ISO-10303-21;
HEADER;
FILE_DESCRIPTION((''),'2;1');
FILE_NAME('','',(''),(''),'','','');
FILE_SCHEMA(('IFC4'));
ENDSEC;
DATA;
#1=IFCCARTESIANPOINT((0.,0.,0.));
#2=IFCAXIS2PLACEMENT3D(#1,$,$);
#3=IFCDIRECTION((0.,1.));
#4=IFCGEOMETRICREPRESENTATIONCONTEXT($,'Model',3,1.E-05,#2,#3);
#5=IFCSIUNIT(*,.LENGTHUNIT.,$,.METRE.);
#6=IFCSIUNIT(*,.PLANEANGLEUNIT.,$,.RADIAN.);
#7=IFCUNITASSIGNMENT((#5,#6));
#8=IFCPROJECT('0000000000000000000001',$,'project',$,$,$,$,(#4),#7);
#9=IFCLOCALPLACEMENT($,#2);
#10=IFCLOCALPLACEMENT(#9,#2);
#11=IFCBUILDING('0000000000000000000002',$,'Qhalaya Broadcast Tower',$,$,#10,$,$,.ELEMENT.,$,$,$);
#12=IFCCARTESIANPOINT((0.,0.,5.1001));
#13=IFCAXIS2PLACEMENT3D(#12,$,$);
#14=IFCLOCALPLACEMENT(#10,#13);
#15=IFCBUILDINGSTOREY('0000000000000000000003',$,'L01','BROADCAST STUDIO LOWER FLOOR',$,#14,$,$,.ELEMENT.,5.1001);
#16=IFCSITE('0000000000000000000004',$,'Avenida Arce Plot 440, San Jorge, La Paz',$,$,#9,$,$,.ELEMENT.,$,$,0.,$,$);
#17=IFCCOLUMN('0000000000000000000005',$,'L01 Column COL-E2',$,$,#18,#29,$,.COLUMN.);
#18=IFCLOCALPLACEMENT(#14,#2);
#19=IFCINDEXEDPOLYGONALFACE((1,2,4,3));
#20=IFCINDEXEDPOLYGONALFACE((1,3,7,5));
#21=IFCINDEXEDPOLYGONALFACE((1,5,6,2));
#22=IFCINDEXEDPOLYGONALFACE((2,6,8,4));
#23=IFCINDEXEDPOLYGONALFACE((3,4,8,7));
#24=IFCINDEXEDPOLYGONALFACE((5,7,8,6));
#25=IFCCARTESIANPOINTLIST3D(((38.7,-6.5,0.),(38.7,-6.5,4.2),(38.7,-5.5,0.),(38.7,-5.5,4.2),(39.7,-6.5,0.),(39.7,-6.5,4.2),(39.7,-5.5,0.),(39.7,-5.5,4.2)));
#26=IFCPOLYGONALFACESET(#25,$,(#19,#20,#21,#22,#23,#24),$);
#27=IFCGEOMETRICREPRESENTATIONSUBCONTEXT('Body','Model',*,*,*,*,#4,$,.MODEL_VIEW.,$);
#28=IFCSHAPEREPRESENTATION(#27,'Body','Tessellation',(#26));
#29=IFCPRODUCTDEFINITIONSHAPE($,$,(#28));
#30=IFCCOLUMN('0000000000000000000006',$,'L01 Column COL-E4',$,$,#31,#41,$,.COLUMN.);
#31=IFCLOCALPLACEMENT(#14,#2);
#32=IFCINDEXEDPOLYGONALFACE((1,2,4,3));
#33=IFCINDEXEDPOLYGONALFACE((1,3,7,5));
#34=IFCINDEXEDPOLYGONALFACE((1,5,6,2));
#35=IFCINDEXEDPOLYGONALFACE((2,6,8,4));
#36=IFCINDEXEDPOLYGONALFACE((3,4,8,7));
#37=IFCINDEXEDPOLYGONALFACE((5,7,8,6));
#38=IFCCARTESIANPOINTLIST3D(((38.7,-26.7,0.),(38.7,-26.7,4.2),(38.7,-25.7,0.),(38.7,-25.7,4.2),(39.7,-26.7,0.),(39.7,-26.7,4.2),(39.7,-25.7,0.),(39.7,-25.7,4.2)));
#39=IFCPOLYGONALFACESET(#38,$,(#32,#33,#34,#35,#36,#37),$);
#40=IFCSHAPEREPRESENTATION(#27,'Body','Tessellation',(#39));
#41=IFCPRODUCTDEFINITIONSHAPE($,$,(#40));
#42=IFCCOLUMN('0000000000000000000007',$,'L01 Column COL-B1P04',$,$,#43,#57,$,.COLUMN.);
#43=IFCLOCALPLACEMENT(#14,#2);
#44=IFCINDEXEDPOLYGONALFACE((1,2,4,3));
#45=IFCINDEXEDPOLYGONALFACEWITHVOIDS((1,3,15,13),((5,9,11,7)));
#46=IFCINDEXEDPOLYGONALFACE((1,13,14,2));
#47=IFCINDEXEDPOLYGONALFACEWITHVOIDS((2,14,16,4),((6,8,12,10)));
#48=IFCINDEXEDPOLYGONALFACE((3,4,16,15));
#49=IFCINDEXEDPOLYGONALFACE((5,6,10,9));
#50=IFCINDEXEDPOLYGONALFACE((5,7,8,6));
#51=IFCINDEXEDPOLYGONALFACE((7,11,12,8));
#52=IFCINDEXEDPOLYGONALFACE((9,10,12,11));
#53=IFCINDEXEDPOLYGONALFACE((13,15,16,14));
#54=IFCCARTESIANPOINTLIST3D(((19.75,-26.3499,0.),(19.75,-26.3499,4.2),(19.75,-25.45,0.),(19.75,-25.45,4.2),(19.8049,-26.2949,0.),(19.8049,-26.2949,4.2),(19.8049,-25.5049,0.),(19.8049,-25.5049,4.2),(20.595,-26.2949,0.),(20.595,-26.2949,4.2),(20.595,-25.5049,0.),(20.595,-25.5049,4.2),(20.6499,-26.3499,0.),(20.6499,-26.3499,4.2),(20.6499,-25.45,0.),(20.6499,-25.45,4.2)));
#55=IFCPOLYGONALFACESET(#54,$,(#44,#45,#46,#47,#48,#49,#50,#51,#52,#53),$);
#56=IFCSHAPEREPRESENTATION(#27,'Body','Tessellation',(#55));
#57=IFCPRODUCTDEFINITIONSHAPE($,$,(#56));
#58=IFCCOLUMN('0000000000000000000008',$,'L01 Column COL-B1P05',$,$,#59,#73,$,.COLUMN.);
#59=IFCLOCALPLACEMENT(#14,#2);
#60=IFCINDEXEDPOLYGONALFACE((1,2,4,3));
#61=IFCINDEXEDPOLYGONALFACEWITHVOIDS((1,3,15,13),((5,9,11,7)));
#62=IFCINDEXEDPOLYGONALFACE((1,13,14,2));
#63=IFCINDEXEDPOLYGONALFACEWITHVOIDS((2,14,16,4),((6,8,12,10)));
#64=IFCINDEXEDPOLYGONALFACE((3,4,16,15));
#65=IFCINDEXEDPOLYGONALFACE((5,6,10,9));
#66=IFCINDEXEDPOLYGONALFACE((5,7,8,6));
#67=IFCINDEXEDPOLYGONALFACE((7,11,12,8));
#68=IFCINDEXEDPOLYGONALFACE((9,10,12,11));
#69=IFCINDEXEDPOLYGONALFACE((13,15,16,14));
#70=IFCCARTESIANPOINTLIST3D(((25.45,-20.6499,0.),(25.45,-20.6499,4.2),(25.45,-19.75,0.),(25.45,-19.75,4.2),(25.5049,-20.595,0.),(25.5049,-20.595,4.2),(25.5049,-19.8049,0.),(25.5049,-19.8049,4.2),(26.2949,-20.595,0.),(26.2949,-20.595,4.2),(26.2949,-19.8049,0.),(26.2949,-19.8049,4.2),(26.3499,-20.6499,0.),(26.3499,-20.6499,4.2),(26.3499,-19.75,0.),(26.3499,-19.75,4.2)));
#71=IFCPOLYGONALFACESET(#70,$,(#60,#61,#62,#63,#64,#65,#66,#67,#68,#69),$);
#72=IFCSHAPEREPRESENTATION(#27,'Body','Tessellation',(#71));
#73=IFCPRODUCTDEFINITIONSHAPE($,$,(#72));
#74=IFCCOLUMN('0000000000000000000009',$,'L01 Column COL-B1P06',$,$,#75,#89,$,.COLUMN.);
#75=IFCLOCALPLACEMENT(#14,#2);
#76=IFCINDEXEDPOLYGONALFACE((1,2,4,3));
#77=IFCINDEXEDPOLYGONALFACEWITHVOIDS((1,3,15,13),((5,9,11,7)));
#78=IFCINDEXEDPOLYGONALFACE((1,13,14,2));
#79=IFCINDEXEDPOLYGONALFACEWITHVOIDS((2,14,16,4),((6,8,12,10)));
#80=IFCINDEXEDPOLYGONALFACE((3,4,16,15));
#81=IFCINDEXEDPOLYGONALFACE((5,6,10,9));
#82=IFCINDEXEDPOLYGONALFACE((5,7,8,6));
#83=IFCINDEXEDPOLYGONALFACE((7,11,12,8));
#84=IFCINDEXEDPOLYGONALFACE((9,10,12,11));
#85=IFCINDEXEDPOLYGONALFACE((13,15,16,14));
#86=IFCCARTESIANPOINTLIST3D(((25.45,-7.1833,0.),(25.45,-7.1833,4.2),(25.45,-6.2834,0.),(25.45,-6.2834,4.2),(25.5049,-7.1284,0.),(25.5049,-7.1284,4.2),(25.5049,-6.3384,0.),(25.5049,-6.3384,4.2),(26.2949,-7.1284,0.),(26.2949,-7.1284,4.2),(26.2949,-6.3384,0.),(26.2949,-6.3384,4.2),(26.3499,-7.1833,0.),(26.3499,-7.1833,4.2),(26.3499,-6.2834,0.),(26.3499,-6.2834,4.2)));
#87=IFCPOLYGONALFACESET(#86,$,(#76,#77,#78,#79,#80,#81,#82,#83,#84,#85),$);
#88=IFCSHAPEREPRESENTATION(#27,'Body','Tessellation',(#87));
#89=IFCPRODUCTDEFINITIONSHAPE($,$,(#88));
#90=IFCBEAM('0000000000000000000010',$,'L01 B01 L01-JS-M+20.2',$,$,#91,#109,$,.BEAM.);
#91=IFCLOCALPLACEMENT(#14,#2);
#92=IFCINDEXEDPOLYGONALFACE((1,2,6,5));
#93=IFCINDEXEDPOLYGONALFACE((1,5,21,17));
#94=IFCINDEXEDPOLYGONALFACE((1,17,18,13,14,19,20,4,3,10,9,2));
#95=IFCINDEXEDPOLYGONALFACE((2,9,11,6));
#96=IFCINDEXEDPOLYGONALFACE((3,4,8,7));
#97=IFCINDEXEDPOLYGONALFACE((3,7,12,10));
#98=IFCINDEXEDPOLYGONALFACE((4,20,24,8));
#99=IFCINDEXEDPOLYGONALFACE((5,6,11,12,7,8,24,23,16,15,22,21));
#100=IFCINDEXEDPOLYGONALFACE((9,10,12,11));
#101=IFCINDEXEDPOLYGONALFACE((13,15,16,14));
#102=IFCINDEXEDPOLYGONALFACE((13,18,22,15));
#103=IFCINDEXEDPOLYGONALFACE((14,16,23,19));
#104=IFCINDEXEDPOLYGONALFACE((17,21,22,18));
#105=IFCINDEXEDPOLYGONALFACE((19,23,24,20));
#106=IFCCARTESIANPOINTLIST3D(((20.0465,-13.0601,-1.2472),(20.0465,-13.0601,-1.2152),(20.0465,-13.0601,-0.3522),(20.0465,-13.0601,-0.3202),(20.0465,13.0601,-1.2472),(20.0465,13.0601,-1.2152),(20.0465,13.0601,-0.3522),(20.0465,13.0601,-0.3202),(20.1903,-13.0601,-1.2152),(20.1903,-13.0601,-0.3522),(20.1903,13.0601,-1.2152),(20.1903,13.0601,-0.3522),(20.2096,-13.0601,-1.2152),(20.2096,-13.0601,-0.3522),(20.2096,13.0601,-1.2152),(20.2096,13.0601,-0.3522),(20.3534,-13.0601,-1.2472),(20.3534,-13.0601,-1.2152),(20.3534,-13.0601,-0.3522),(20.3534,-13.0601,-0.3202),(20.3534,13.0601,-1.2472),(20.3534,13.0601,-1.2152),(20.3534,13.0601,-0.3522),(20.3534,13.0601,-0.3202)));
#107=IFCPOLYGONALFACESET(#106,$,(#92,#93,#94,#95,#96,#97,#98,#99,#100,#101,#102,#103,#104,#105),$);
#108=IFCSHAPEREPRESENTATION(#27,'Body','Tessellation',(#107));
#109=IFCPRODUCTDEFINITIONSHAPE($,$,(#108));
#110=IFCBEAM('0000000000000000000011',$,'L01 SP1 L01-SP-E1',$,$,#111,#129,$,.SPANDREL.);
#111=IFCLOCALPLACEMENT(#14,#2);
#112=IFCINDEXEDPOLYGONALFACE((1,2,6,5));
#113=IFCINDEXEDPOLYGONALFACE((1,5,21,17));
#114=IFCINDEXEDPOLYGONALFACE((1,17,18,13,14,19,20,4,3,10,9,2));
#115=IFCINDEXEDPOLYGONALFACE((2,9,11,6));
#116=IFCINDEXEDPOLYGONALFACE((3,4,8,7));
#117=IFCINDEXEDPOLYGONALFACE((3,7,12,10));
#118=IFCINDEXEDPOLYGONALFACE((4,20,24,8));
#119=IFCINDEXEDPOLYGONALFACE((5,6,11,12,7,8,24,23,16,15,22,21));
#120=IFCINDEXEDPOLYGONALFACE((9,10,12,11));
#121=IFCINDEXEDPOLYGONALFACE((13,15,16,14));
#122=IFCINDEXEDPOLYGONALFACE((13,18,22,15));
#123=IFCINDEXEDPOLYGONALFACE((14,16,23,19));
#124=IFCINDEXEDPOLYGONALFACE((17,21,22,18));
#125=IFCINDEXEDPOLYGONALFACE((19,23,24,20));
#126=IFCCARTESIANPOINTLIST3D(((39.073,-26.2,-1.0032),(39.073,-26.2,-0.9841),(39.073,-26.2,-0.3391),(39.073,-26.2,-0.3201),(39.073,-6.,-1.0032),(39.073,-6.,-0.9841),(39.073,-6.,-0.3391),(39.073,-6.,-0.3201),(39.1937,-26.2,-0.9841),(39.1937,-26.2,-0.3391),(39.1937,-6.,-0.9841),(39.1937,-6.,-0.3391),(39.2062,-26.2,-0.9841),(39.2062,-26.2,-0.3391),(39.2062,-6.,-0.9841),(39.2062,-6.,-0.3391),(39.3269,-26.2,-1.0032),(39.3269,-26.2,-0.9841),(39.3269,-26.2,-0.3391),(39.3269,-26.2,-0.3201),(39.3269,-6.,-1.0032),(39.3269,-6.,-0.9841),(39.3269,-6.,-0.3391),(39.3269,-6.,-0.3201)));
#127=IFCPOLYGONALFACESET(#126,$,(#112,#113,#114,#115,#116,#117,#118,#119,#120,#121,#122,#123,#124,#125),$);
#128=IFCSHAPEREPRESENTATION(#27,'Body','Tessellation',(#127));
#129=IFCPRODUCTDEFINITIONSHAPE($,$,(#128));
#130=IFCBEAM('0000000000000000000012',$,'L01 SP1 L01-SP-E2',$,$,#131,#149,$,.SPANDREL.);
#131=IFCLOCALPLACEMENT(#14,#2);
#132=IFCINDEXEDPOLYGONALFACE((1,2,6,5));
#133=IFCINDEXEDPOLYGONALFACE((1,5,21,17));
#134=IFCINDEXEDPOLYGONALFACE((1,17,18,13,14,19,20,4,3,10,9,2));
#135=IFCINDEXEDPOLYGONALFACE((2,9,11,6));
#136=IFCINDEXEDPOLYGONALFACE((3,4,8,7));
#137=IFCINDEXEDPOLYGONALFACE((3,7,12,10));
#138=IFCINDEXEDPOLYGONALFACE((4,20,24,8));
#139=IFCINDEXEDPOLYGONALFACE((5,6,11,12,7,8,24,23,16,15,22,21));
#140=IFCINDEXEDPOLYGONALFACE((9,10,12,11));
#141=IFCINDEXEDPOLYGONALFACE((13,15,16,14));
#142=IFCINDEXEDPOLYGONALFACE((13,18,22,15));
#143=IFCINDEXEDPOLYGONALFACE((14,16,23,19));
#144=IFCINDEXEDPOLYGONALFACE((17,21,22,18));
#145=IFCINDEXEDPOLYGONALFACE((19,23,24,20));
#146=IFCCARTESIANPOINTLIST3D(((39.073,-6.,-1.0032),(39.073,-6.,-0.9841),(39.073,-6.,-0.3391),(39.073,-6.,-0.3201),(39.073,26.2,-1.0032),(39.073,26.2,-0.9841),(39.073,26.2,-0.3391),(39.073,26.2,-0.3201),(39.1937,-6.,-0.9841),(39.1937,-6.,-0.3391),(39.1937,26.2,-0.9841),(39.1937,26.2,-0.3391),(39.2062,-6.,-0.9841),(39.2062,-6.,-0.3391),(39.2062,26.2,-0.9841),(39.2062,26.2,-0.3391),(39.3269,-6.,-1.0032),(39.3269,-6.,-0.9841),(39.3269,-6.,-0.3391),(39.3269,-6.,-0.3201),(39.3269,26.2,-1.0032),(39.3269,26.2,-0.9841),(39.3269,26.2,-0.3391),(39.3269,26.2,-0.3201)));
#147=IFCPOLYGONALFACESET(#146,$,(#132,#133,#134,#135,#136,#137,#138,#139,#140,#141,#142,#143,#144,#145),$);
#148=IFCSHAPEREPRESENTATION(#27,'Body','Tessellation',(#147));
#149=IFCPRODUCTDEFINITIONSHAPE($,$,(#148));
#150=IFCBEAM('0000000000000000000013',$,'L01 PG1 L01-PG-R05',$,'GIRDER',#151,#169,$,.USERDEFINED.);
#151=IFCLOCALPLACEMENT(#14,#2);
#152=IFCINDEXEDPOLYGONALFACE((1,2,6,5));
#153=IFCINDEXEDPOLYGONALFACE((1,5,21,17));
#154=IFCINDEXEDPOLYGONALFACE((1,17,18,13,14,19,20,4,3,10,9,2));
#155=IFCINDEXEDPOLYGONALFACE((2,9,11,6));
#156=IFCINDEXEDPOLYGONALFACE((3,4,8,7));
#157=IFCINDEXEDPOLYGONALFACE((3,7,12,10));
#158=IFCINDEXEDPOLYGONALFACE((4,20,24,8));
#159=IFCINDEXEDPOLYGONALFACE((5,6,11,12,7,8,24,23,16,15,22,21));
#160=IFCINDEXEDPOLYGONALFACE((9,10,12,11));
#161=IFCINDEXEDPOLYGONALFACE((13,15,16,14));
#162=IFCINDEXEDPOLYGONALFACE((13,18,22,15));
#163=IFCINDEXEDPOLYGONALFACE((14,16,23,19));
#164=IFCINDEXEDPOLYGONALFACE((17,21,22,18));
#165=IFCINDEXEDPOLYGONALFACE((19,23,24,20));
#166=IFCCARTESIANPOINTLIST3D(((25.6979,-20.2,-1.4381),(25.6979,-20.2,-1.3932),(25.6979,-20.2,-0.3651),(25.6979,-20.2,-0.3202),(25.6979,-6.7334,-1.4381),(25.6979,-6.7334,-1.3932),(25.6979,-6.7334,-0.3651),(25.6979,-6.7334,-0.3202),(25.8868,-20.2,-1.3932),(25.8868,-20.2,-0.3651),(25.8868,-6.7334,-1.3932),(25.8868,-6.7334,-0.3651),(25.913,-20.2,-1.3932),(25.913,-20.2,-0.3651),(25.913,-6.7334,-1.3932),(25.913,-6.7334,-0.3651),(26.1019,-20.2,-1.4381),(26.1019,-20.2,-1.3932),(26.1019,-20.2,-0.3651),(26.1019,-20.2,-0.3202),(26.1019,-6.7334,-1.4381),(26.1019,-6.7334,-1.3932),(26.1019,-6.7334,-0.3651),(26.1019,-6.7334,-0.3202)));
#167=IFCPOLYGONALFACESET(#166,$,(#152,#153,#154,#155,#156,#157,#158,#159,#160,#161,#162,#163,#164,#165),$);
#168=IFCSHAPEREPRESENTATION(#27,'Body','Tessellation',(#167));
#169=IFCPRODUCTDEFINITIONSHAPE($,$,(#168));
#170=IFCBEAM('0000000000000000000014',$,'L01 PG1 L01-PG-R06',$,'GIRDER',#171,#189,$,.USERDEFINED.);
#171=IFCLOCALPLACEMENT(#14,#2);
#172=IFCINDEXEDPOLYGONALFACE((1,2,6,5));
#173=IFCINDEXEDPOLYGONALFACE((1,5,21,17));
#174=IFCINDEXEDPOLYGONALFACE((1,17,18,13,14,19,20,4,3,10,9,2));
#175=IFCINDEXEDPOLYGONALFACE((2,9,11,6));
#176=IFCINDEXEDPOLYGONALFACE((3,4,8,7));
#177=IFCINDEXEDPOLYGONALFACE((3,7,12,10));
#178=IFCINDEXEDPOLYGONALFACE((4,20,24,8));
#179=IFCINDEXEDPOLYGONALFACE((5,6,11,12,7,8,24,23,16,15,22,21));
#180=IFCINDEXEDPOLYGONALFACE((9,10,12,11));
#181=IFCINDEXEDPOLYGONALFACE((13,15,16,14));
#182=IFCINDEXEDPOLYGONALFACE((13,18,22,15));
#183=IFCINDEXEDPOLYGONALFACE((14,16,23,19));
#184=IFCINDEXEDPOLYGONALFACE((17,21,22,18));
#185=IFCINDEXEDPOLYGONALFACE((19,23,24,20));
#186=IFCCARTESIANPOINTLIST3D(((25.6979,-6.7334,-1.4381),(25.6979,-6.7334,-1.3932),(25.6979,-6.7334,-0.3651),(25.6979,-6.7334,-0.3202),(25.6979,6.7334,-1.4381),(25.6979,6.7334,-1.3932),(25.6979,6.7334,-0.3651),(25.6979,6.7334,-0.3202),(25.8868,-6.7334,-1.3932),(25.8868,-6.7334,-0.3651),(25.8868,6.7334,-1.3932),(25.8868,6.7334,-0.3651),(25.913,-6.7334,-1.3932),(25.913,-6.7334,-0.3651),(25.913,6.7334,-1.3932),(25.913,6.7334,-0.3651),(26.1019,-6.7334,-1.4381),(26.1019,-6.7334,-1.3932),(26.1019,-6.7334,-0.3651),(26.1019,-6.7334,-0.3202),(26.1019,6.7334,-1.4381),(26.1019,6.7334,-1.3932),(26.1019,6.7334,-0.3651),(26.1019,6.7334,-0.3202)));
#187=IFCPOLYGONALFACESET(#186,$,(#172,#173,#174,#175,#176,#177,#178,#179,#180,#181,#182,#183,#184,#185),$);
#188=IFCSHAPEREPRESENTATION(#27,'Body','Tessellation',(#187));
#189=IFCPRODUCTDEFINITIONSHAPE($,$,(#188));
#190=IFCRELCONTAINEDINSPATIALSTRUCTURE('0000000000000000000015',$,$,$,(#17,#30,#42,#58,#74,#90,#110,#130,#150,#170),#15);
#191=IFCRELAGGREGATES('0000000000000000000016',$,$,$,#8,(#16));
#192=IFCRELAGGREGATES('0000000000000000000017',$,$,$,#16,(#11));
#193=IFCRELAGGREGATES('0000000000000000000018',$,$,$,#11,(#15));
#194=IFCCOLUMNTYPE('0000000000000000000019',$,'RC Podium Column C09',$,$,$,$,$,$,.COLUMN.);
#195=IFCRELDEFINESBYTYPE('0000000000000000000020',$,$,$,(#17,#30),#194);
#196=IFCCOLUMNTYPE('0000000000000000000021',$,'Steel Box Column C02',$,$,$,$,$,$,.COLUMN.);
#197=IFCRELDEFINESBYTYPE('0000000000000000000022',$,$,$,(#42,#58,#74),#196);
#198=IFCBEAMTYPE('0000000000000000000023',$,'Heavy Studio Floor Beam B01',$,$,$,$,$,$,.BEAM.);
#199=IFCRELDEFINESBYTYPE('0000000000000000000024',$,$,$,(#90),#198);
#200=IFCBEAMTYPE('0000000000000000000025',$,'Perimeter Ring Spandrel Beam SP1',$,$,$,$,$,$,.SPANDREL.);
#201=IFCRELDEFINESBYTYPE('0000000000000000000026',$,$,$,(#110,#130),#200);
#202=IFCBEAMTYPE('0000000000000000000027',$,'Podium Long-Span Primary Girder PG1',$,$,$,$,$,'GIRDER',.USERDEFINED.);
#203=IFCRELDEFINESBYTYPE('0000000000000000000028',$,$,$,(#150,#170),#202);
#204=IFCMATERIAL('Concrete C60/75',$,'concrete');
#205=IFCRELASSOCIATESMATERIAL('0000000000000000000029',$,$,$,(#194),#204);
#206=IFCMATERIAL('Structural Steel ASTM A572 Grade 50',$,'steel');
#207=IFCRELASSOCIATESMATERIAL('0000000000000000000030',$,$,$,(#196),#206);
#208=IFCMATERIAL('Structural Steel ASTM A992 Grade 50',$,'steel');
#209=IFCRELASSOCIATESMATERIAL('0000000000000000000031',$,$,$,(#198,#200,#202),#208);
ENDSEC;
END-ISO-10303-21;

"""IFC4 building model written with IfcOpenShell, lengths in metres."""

from ifc_helpers import new_model, si_unit, direction, frame, origin, origin_2d, place, context, subcontext, project, spatial, rectangle, hollow_rectangle, i_section, extrude, material, material_profile, profile_set, type_object, element, save


model = new_model("IFC4")

# Units and contexts
model_context = context("Model", 3, precision=1e-05, world=origin(), true_north=direction((0.0, 1.0)))
body_context = subcontext(model_context, "Body", "Model", "MODEL_VIEW")
ifc_project = project(units=[si_unit("LENGTHUNIT", "METRE"), si_unit("PLANEANGLEUNIT", "RADIAN")], contexts=[model_context])

# Site, building, storey
site_placement = place(None, origin())
site = spatial("IfcSite", under=ifc_project, at=site_placement, Name="Avenida Arce Plot 440, San Jorge, La Paz", CompositionType="ELEMENT", RefElevation=0.0)
building_placement = place(site_placement, origin())
building = spatial("IfcBuilding", under=site, at=building_placement, Name="Qhalaya Broadcast Tower", CompositionType="ELEMENT")
storey_placement = place(building_placement, frame((0.0, 0.0, 5.1001)))
storey = spatial("IfcBuildingStorey", under=building, at=storey_placement, Name="L01", Description="BROADCAST STUDIO LOWER FLOOR", CompositionType="ELEMENT", Elevation=5.1001)

# Columns
ifc_material_1 = material(Name="Concrete C60/75", Category="concrete")
ifc_material_profile_1 = material_profile(ifc_material_1, rectangle(XDim=1.0, YDim=1.0, at=origin_2d()), Name="RC-COL 1000x1000")
ifc_profile_set_1 = profile_set([ifc_material_profile_1], Name="Concrete C60/75")
column_type_1 = type_object("IfcColumnType", Name="RC Podium Column C09", PredefinedType="COLUMN", material=ifc_profile_set_1)
for number, where, z_axis, x_axis, name in (
    (1, (39.2, -6.0, 0.0), (0.0, 0.0, 1.0), (1.0, 0.0, 0.0), "L01 Column COL-E2"),
    (2, (39.2, -26.2, 0.0), (0.0, 0.0, 1.0), (1.0, 0.0, 0.0), "L01 Column COL-E4"),
):
    element("IfcColumn", number, at=place(storey_placement, frame(where, z_axis=z_axis, x_axis=x_axis)), inside=storey, type_object=column_type_1, Name=name, PredefinedType="COLUMN", context=body_context, shape_type="SweptSolid", body=[
        extrude(rectangle(XDim=1.0, YDim=1.0, at=origin_2d()), origin(), (0.0, 0.0, 1.0), 4.2),
    ])
ifc_material_2 = material(Name="Structural Steel ASTM A572 Grade 50", Category="steel")
ifc_material_profile_2 = material_profile(ifc_material_2, hollow_rectangle(XDim=0.8999, YDim=0.8999, WallThickness=0.0549, at=origin_2d()), Name="BOX 900x900x55")
ifc_profile_set_2 = profile_set([ifc_material_profile_2], Name="Structural Steel ASTM A572 Grade 50")
column_type_2 = type_object("IfcColumnType", Name="Steel Box Column C02", PredefinedType="COLUMN", material=ifc_profile_set_2)
for number, where, z_axis, x_axis, name in (
    (3, (20.2, -25.8999, 0.0), (0.0, 0.0, 1.0), (1.0, 0.0, 0.0), "L01 Column COL-B1P04"),
    (4, (25.8999, -20.2, 0.0), (0.0, 0.0, 1.0), (0.0, 1.0, 0.0), "L01 Column COL-B1P05"),
    (5, (25.8999, -6.7334, 0.0), (0.0, 0.0, 1.0), (0.0, 1.0, 0.0), "L01 Column COL-B1P06"),
):
    element("IfcColumn", number, at=place(storey_placement, frame(where, z_axis=z_axis, x_axis=x_axis)), inside=storey, type_object=column_type_2, Name=name, PredefinedType="COLUMN", context=body_context, shape_type="SweptSolid", body=[
        extrude(hollow_rectangle(XDim=0.8999, YDim=0.8999, WallThickness=0.0549, at=origin_2d()), origin(), (0.0, 0.0, 1.0), 4.2),
    ])

# Beams
ifc_material_3 = material(Name="Structural Steel ASTM A992 Grade 50", Category="steel")
ifc_material_profile_3 = material_profile(ifc_material_3, i_section(OverallWidth=0.3069, OverallDepth=0.927, WebThickness=0.0193, FlangeThickness=0.032, at=origin_2d()), Name="W36X194")
ifc_profile_set_3 = profile_set([ifc_material_profile_3], Name="Structural Steel ASTM A992 Grade 50")
beam_type_1 = type_object("IfcBeamType", Name="Heavy Studio Floor Beam B01", PredefinedType="BEAM", material=ifc_profile_set_3)
beam_1_placement = place(storey_placement, frame((20.2, -13.0601, -0.7837), z_axis=(0.0, 1.0, 0.0), x_axis=(-1.0, 0.0, 0.0)))
element("IfcBeam", 6, at=beam_1_placement, inside=storey, type_object=beam_type_1, Name="L01 B01 L01-JS-M+20.2", PredefinedType="BEAM", context=body_context, shape_type="SweptSolid", body=[
    extrude(i_section(OverallWidth=0.3069, OverallDepth=0.927, WebThickness=0.0193, FlangeThickness=0.032, at=origin_2d()), origin(), (0.0, 0.0, 1.0), 26.1201),
])
ifc_material_profile_4 = material_profile(ifc_material_3, i_section(OverallWidth=0.2539, OverallDepth=0.6831, WebThickness=0.0125, FlangeThickness=0.019, at=origin_2d()), Name="W27X94")
ifc_profile_set_4 = profile_set([ifc_material_profile_4], Name="Structural Steel ASTM A992 Grade 50")
beam_type_2 = type_object("IfcBeamType", Name="Perimeter Ring Spandrel Beam SP1", PredefinedType="SPANDREL", material=ifc_profile_set_4)
beam_2_placement = place(storey_placement, frame((39.2, -26.2, -0.6616), z_axis=(0.0, 1.0, 0.0), x_axis=(-1.0, 0.0, 0.0)))
element("IfcBeam", 7, at=beam_2_placement, inside=storey, type_object=beam_type_2, Name="L01 SP1 L01-SP-E1", PredefinedType="SPANDREL", context=body_context, shape_type="SweptSolid", body=[
    extrude(i_section(OverallWidth=0.2539, OverallDepth=0.6831, WebThickness=0.0125, FlangeThickness=0.019, at=origin_2d()), origin(), (0.0, 0.0, 1.0), 20.2),
])
beam_3_placement = place(storey_placement, frame((39.2, -6.0, -0.6616), z_axis=(0.0, 1.0, 0.0), x_axis=(-1.0, 0.0, 0.0)))
element("IfcBeam", 8, at=beam_3_placement, inside=storey, type_object=beam_type_2, Name="L01 SP1 L01-SP-E2", PredefinedType="SPANDREL", context=body_context, shape_type="SweptSolid", body=[
    extrude(i_section(OverallWidth=0.2539, OverallDepth=0.6831, WebThickness=0.0125, FlangeThickness=0.019, at=origin_2d()), origin(), (0.0, 0.0, 1.0), 32.2),
])
ifc_material_profile_5 = material_profile(ifc_material_3, i_section(OverallWidth=0.4041, OverallDepth=1.1179, WebThickness=0.0261, FlangeThickness=0.0449, at=origin_2d()), Name="W44X335")
ifc_profile_set_5 = profile_set([ifc_material_profile_5], Name="Structural Steel ASTM A992 Grade 50")
beam_type_3 = type_object("IfcBeamType", Name="Podium Long-Span Primary Girder PG1", ElementType="GIRDER", PredefinedType="USERDEFINED", material=ifc_profile_set_5)
beam_4_placement = place(storey_placement, frame((25.8999, -20.2, -0.8792), z_axis=(0.0, 1.0, 0.0), x_axis=(-1.0, 0.0, 0.0)))
element("IfcBeam", 9, at=beam_4_placement, inside=storey, type_object=beam_type_3, Name="L01 PG1 L01-PG-R05", ObjectType="GIRDER", PredefinedType="USERDEFINED", context=body_context, shape_type="SweptSolid", body=[
    extrude(i_section(OverallWidth=0.4041, OverallDepth=1.1179, WebThickness=0.0261, FlangeThickness=0.0449, at=origin_2d()), origin(), (0.0, 0.0, 1.0), 13.4666),
])
beam_5_placement = place(storey_placement, frame((25.8999, -6.7334, -0.8792), z_axis=(0.0, 1.0, 0.0), x_axis=(-1.0, 0.0, 0.0)))
element("IfcBeam", 10, at=beam_5_placement, inside=storey, type_object=beam_type_3, Name="L01 PG1 L01-PG-R06", ObjectType="GIRDER", PredefinedType="USERDEFINED", context=body_context, shape_type="SweptSolid", body=[
    extrude(i_section(OverallWidth=0.4041, OverallDepth=1.1179, WebThickness=0.0261, FlangeThickness=0.0449, at=origin_2d()), origin(), (0.0, 0.0, 1.0), 13.4668),
])

save(model, "model.ifc")
